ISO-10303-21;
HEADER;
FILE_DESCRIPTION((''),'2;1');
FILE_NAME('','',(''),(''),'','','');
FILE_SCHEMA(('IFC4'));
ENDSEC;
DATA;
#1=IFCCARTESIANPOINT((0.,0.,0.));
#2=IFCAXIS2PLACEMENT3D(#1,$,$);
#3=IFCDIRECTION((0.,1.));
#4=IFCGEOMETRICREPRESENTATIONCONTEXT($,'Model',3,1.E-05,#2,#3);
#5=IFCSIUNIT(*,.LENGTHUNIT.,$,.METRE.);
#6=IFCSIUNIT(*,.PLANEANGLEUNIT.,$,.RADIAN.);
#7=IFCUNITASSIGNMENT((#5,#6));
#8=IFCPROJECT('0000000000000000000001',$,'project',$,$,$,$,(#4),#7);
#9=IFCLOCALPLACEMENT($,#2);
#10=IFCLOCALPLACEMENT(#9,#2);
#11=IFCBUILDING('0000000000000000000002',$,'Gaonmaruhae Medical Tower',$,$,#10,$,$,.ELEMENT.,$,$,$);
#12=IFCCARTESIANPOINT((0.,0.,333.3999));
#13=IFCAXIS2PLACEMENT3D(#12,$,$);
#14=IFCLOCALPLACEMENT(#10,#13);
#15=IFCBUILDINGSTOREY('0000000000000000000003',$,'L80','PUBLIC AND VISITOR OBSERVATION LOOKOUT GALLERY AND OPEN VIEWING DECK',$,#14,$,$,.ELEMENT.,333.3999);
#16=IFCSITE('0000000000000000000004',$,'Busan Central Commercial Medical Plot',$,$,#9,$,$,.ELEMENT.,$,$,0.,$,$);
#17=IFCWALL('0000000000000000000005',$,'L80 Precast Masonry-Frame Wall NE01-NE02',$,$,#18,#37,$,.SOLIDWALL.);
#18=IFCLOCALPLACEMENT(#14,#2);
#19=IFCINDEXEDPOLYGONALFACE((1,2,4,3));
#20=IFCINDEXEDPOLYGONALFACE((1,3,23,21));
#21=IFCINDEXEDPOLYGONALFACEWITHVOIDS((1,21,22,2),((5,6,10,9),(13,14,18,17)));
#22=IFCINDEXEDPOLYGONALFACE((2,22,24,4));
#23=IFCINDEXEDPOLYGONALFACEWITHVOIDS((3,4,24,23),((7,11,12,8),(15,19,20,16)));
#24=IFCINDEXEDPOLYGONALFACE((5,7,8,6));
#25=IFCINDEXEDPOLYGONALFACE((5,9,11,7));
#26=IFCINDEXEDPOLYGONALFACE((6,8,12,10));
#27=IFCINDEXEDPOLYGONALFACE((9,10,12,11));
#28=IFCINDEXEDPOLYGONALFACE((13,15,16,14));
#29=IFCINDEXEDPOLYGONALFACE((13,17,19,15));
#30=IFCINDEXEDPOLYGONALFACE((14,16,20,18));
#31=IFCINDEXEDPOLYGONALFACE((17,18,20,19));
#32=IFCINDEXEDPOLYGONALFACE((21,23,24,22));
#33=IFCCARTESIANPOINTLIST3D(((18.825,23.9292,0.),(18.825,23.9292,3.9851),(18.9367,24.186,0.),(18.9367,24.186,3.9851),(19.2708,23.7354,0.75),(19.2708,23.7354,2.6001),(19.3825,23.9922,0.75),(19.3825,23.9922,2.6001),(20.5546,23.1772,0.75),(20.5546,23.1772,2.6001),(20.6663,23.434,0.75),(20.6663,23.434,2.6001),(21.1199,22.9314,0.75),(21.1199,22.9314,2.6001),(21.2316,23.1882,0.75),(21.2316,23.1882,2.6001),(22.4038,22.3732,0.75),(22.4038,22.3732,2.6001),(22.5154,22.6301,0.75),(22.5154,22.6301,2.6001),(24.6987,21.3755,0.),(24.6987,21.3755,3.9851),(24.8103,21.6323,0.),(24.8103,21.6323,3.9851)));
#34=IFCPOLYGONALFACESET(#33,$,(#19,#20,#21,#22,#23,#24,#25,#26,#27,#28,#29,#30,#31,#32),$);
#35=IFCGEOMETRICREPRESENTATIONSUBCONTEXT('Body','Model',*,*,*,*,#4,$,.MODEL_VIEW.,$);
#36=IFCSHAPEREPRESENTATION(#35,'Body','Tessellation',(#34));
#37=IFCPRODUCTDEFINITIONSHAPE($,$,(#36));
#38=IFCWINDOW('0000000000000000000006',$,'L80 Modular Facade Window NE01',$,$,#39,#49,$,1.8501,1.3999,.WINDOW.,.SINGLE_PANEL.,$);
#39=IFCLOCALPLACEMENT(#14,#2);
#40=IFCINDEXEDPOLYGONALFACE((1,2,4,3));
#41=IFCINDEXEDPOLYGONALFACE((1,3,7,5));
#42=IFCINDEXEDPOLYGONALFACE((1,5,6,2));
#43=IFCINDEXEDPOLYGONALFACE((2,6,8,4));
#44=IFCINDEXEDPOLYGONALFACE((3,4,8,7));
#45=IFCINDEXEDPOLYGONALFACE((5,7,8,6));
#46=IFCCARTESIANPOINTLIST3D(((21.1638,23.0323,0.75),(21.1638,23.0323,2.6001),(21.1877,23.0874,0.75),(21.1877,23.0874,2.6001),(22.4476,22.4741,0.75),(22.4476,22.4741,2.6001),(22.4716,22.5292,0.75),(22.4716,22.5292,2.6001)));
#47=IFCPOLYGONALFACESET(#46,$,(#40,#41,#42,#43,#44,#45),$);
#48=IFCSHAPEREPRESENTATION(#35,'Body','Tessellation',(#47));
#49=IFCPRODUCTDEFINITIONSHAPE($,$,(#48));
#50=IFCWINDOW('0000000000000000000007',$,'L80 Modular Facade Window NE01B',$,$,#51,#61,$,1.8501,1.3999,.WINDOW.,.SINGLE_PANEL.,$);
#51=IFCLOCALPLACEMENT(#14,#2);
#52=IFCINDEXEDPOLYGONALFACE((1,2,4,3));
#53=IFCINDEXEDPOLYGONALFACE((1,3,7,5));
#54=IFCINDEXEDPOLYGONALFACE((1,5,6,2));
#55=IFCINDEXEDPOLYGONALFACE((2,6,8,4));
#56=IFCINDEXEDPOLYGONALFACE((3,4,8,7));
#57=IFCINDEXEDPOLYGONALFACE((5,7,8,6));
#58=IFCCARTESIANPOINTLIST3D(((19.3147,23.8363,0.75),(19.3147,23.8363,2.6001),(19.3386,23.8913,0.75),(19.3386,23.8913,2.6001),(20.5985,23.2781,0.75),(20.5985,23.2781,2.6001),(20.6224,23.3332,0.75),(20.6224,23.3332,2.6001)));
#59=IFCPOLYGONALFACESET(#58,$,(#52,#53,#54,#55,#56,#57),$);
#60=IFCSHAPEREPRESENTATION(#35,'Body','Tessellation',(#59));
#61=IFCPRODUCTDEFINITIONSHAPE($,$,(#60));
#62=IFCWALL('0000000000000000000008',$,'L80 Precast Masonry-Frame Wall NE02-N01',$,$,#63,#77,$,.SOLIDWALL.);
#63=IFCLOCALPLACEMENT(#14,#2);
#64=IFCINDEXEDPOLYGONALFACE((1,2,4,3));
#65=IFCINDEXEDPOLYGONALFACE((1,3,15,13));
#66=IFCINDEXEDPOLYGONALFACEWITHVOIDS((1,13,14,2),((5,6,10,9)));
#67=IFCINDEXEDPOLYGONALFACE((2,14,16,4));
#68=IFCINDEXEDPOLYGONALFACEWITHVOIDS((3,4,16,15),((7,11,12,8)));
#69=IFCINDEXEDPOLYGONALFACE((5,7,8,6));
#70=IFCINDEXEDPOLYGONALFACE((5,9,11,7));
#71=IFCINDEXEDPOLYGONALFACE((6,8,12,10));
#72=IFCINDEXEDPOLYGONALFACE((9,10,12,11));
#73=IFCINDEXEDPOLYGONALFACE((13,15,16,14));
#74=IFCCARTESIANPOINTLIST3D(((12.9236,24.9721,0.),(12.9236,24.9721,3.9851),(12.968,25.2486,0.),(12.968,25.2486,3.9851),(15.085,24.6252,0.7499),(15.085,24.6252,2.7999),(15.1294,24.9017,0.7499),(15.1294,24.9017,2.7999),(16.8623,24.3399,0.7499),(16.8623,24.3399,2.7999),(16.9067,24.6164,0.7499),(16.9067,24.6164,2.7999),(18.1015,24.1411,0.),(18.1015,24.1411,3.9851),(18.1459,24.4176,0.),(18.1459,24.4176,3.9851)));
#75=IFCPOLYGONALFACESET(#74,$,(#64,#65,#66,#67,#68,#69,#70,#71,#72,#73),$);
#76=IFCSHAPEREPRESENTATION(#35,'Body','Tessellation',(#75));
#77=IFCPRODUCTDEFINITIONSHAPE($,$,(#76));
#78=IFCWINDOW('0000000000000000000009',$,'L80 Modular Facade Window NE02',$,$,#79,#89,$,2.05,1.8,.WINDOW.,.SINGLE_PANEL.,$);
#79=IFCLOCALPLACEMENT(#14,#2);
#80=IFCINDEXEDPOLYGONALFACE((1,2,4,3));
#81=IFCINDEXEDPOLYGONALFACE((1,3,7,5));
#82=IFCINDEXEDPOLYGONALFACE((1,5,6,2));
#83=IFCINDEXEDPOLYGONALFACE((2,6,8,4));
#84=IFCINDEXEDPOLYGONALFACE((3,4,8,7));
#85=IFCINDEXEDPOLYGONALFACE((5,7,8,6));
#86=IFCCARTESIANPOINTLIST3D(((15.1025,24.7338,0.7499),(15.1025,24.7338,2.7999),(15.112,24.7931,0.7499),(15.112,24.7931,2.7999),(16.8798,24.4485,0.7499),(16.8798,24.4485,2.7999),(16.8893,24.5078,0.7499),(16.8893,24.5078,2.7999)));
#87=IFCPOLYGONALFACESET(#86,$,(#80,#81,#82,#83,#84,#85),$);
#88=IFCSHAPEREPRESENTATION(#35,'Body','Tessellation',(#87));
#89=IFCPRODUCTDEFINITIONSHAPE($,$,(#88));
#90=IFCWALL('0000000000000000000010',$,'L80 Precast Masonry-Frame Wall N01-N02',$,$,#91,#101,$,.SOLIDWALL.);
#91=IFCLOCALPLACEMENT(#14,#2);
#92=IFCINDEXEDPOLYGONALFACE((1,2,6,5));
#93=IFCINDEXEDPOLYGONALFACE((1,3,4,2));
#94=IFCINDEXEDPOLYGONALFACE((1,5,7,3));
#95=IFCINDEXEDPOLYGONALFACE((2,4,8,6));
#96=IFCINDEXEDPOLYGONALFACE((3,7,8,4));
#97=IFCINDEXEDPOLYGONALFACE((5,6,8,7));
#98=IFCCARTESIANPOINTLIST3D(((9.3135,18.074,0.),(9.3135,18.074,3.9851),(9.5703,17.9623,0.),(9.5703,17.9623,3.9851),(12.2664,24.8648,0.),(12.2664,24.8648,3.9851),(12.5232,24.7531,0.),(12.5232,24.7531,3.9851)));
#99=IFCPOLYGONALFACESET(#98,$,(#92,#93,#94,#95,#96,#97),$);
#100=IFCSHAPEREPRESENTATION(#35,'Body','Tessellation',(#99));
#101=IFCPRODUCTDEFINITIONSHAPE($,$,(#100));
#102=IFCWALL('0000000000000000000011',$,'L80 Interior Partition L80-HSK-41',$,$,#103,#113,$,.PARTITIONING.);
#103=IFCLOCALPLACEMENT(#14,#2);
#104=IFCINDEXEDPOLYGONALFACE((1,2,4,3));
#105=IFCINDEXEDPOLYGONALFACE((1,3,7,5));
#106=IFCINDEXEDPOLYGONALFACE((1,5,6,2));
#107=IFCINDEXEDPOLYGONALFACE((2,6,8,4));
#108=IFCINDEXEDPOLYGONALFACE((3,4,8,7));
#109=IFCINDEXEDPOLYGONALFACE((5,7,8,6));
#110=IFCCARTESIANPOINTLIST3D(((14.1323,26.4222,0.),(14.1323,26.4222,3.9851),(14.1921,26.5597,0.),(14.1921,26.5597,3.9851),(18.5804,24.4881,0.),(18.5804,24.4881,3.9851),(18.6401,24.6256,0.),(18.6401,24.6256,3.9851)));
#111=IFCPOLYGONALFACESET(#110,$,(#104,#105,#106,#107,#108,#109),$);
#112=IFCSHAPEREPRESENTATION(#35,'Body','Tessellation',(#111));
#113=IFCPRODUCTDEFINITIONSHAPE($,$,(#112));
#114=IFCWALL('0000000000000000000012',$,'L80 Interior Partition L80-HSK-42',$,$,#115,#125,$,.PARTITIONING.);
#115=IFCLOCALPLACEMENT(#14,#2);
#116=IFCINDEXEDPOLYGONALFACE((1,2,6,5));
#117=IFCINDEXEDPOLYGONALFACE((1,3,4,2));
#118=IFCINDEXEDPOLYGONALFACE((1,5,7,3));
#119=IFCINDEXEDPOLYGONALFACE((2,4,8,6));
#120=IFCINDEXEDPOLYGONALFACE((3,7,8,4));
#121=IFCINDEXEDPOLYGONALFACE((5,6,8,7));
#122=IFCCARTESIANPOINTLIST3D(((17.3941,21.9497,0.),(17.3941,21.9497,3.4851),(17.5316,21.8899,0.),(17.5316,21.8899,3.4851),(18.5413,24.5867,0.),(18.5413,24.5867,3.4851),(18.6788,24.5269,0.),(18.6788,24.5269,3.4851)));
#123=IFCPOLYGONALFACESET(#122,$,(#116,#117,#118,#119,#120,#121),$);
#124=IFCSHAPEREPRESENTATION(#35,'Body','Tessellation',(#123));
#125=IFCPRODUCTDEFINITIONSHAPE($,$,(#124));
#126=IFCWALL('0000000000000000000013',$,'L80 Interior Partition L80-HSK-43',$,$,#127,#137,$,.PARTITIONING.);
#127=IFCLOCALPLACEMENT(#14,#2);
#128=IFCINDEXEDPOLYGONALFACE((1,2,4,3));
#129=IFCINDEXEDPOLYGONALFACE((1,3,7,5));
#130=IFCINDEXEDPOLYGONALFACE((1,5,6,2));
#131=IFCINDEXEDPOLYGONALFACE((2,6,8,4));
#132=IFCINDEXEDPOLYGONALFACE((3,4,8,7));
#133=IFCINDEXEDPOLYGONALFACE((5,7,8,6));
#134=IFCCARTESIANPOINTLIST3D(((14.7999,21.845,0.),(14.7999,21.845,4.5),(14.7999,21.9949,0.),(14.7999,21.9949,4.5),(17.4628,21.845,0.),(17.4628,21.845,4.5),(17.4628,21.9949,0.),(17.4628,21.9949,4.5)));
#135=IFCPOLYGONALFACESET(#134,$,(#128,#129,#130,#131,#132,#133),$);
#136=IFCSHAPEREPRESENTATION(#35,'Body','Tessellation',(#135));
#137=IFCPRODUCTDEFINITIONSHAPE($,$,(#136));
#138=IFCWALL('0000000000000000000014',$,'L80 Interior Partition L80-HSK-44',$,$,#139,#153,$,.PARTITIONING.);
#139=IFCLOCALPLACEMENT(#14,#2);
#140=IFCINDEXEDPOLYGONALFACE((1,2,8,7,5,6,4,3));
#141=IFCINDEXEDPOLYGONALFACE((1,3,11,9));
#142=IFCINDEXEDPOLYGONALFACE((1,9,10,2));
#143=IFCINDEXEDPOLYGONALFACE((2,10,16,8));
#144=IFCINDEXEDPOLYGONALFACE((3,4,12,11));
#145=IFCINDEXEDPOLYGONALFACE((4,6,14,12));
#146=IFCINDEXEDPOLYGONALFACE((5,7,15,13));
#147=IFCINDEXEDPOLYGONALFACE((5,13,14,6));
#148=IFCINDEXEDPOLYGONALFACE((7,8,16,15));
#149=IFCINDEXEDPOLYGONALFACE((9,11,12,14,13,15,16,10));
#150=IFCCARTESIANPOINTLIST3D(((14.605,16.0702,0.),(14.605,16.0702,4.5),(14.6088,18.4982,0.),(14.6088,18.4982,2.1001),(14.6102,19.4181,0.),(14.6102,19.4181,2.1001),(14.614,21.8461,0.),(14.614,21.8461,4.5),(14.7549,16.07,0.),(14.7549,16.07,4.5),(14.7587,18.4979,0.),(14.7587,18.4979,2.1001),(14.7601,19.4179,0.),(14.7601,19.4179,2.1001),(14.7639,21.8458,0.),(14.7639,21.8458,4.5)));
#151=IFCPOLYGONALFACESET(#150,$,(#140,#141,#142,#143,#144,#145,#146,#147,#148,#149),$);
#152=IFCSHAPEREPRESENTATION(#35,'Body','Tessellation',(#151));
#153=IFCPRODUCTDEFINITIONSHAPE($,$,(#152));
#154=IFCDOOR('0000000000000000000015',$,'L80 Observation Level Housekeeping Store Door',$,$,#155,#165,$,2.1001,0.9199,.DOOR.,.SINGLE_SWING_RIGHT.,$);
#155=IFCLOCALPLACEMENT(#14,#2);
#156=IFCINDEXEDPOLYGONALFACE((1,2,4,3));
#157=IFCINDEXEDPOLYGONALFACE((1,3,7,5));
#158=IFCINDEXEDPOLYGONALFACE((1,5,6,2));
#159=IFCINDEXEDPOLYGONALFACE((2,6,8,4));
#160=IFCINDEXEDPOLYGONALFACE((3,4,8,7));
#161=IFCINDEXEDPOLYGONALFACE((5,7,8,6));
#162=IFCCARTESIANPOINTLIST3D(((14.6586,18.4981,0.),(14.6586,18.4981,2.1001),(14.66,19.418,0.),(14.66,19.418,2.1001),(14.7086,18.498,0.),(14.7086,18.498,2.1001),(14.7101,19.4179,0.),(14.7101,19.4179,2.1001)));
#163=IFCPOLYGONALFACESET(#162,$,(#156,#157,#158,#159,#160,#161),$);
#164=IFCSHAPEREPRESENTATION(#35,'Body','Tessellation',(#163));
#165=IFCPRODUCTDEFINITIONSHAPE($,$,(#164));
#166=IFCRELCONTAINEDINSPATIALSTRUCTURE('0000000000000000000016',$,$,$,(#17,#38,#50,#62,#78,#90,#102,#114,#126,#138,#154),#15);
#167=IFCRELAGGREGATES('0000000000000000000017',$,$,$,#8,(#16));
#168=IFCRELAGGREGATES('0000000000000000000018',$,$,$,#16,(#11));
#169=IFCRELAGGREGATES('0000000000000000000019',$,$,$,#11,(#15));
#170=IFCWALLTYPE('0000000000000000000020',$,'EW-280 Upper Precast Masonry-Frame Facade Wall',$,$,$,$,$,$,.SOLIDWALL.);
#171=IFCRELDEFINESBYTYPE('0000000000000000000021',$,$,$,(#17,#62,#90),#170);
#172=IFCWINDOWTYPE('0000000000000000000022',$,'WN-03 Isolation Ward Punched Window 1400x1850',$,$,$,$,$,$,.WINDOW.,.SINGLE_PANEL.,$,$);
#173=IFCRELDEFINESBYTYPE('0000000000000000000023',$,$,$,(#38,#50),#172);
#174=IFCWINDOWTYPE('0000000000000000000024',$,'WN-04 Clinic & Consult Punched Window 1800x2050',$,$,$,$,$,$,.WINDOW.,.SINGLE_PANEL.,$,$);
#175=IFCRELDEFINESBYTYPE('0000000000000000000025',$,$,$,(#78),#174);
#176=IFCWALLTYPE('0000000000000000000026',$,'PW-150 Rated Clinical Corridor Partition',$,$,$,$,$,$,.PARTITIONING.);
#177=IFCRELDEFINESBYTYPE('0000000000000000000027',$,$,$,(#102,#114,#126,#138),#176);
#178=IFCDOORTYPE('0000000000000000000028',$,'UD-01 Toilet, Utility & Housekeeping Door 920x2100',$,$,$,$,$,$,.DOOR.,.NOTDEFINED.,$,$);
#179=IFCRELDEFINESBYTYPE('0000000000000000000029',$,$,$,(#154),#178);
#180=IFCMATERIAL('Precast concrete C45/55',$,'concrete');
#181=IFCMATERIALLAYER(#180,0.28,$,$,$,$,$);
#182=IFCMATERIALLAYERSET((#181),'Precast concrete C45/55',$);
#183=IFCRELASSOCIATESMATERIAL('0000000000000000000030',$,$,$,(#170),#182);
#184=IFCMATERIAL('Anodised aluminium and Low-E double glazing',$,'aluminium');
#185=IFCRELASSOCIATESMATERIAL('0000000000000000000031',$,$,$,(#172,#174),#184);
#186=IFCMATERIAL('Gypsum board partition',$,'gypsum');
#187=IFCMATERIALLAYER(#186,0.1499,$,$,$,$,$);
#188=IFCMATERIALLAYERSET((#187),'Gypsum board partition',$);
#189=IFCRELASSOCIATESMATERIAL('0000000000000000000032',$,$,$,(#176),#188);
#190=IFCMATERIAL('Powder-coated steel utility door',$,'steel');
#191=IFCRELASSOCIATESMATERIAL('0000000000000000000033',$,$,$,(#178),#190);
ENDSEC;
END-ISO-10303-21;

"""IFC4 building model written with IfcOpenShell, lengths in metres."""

from ifc_helpers import new_model, si_unit, direction, frame, frame_2d, origin, place, context, subcontext, project, spatial, rectangle, extrude, material, layer, layer_set, type_object, element, fill, save


model = new_model("IFC4")

# Units and contexts
model_context = context("Model", 3, precision=1e-05, world=origin(), true_north=direction((0.0, 1.0)))
body_context = subcontext(model_context, "Body", "Model", "MODEL_VIEW")
ifc_project = project(units=[si_unit("LENGTHUNIT", "METRE"), si_unit("PLANEANGLEUNIT", "RADIAN")], contexts=[model_context])

# Site, building, storey
site_placement = place(None, origin())
site = spatial("IfcSite", under=ifc_project, at=site_placement, Name="Busan Central Commercial Medical Plot", CompositionType="ELEMENT", RefElevation=0.0)
building_placement = place(site_placement, origin())
building = spatial("IfcBuilding", under=site, at=building_placement, Name="Gaonmaruhae Medical Tower", CompositionType="ELEMENT")
storey_placement = place(building_placement, frame((0.0, 0.0, 333.3999)))
storey = spatial("IfcBuildingStorey", under=building, at=storey_placement, Name="L80", Description="PUBLIC AND VISITOR OBSERVATION LOOKOUT GALLERY AND OPEN VIEWING DECK", CompositionType="ELEMENT", Elevation=333.3999)

# Wall, openings, windows
ifc_material_1 = material(Name="Precast concrete C45/55", Category="concrete")
ifc_layer_1 = layer(ifc_material_1, 0.28)
ifc_layer_set_1 = layer_set([ifc_layer_1], Name="Precast concrete C45/55")
wall_type_1 = type_object("IfcWallType", Name="EW-280 Upper Precast Masonry-Frame Facade Wall", PredefinedType="SOLIDWALL", material=ifc_layer_set_1)
wall_1_placement = place(storey_placement, frame((18.8809, 24.0576, 0.0), z_axis=(0.0, 0.0, 1.0), x_axis=(0.91707, -0.398726, 0.0)))
wall_1 = element("IfcWall", 1, at=wall_1_placement, inside=storey, type_object=wall_type_1, Name="L80 Precast Masonry-Frame Wall NE01-NE02", PredefinedType="SOLIDWALL", context=body_context, shape_type="SweptSolid", body=[
    extrude(rectangle(XDim=6.4048, YDim=0.28, at=frame_2d((3.2024, 0.0))), origin(), (0.0, 0.0, 1.0), 3.9851),
])
opening_1_placement = place(wall_1_placement, frame((2.5024, 0.0, 0.75)))
opening_1 = element("IfcOpeningElement", 2, at=opening_1_placement, cuts=wall_1, PredefinedType="OPENING", context=body_context, shape_type="SweptSolid", body=[
    extrude(rectangle(XDim=1.3999, YDim=1.8501, at=frame_2d((0.7, 0.925))), frame((0.0, 0.1499, 0.0), z_axis=(0.0, -1.0, 0.0), x_axis=(1.0, 0.0, 0.0)), (0.0, 0.0, 1.0), 0.3),
])
opening_2_placement = place(wall_1_placement, frame((0.4861, 0.0, 0.75)))
opening_2 = element("IfcOpeningElement", 3, at=opening_2_placement, cuts=wall_1, PredefinedType="OPENING", context=body_context, shape_type="SweptSolid", body=[
    extrude(rectangle(XDim=1.3999, YDim=1.8501, at=frame_2d((0.7, 0.925))), frame((0.0, 0.1499, 0.0), z_axis=(0.0, -1.0, 0.0), x_axis=(1.0, 0.0, 0.0)), (0.0, 0.0, 1.0), 0.3),
])
ifc_material_2 = material(Name="Anodised aluminium and Low-E double glazing", Category="aluminium")
window_type_1 = type_object("IfcWindowType", Name="WN-03 Isolation Ward Punched Window 1400x1850", PartitioningType="SINGLE_PANEL", PredefinedType="WINDOW", material=ifc_material_2)
window_1_placement = place(opening_1_placement, origin())
window_1 = element("IfcWindow", 4, at=window_1_placement, inside=storey, type_object=window_type_1, Name="L80 Modular Facade Window NE01", OverallHeight=1.8501, OverallWidth=1.3999, PartitioningType="SINGLE_PANEL", PredefinedType="WINDOW", context=body_context, shape_type="SweptSolid", body=[
    extrude(rectangle(XDim=1.3999, YDim=1.8501, at=frame_2d((0.7, 0.925))), frame((0.0, 0.03, 0.0), z_axis=(0.0, -1.0, 0.0), x_axis=(1.0, 0.0, 0.0)), (0.0, 0.0, 1.0), 0.0601),
])
fill(opening_1, window_1)
window_2_placement = place(opening_2_placement, origin())
window_2 = element("IfcWindow", 5, at=window_2_placement, inside=storey, type_object=window_type_1, Name="L80 Modular Facade Window NE01B", OverallHeight=1.8501, OverallWidth=1.3999, PartitioningType="SINGLE_PANEL", PredefinedType="WINDOW", context=body_context, shape_type="SweptSolid", body=[
    extrude(rectangle(XDim=1.3999, YDim=1.8501, at=frame_2d((0.7, 0.925))), frame((0.0, 0.03, 0.0), z_axis=(0.0, -1.0, 0.0), x_axis=(1.0, 0.0, 0.0)), (0.0, 0.0, 1.0), 0.0601),
])
fill(opening_2, window_2)

# Wall, opening, window
wall_2_placement = place(storey_placement, frame((12.9458, 25.1104, 0.0), z_axis=(0.0, 0.0, 1.0), x_axis=(0.987364, -0.15847, 0.0)))
wall_2 = element("IfcWall", 6, at=wall_2_placement, inside=storey, type_object=wall_type_1, Name="L80 Precast Masonry-Frame Wall NE02-N01", PredefinedType="SOLIDWALL", context=body_context, shape_type="SweptSolid", body=[
    extrude(rectangle(XDim=5.2441, YDim=0.28, at=frame_2d((2.6221, 0.0))), origin(), (0.0, 0.0, 1.0), 3.9851),
])
opening_3_placement = place(wall_2_placement, frame((2.1892, 0.0, 0.75)))
opening_3 = element("IfcOpeningElement", 7, at=opening_3_placement, cuts=wall_2, PredefinedType="OPENING", context=body_context, shape_type="SweptSolid", body=[
    extrude(rectangle(XDim=1.8, YDim=2.05, at=frame_2d((0.8999, 1.0249))), frame((0.0, 0.1499, 0.0), z_axis=(0.0, -1.0, 0.0), x_axis=(1.0, 0.0, 0.0)), (0.0, 0.0, 1.0), 0.3),
])
window_type_2 = type_object("IfcWindowType", Name="WN-04 Clinic & Consult Punched Window 1800x2050", PartitioningType="SINGLE_PANEL", PredefinedType="WINDOW", material=ifc_material_2)
window_3_placement = place(opening_3_placement, origin())
window_3 = element("IfcWindow", 8, at=window_3_placement, inside=storey, type_object=window_type_2, Name="L80 Modular Facade Window NE02", OverallHeight=2.05, OverallWidth=1.8, PartitioningType="SINGLE_PANEL", PredefinedType="WINDOW", context=body_context, shape_type="SweptSolid", body=[
    extrude(rectangle(XDim=1.8, YDim=2.05, at=frame_2d((0.8999, 1.0249))), frame((0.0, 0.03, 0.0), z_axis=(0.0, -1.0, 0.0), x_axis=(1.0, 0.0, 0.0)), (0.0, 0.0, 1.0), 0.0601),
])
fill(opening_3, window_3)

# Walls
wall_3_placement = place(storey_placement, frame((9.4419, 18.0181, 0.0), z_axis=(0.0, 0.0, 1.0), x_axis=(0.398768, 0.917052, 0.0)))
element("IfcWall", 9, at=wall_3_placement, inside=storey, type_object=wall_type_1, Name="L80 Precast Masonry-Frame Wall N01-N02", PredefinedType="SOLIDWALL", context=body_context, shape_type="SweptSolid", body=[
    extrude(rectangle(XDim=7.405, YDim=0.28, at=frame_2d((3.7026, 0.0))), origin(), (0.0, 0.0, 1.0), 3.9851),
])
ifc_material_3 = material(Name="Gypsum board partition", Category="gypsum")
ifc_layer_2 = layer(ifc_material_3, 0.1499)
ifc_layer_set_2 = layer_set([ifc_layer_2], Name="Gypsum board partition")
wall_type_2 = type_object("IfcWallType", Name="PW-150 Rated Clinical Corridor Partition", PredefinedType="PARTITIONING", material=ifc_layer_set_2)
wall_4_placement = place(storey_placement, frame((14.1621, 26.491, 0.0), z_axis=(0.0, 0.0, 1.0), x_axis=(0.917057, -0.398756, 0.0)))
element("IfcWall", 10, at=wall_4_placement, inside=storey, type_object=wall_type_2, Name="L80 Interior Partition L80-HSK-41", PredefinedType="PARTITIONING", context=body_context, shape_type="SweptSolid", body=[
    extrude(rectangle(XDim=4.8503, YDim=0.1499, at=frame_2d((2.4253, 0.0))), origin(), (0.0, 0.0, 1.0), 3.9851),
])
wall_5_placement = place(storey_placement, frame((18.6101, 24.5569, 0.0), z_axis=(0.0, 0.0, 1.0), x_axis=(-0.398934, -0.91698, 0.0)))
element("IfcWall", 11, at=wall_5_placement, inside=storey, type_object=wall_type_2, Name="L80 Interior Partition L80-HSK-42", PredefinedType="PARTITIONING", context=body_context, shape_type="SweptSolid", body=[
    extrude(rectangle(XDim=2.8757, YDim=0.1499, at=frame_2d((1.438, 0.0))), origin(), (0.0, 0.0, 1.0), 3.4851),
])
wall_6_placement = place(storey_placement, frame((17.4629, 21.9199, 0.0), z_axis=(0.0, 0.0, 1.0), x_axis=(-1.0, 0.0, 0.0)))
element("IfcWall", 12, at=wall_6_placement, inside=storey, type_object=wall_type_2, Name="L80 Interior Partition L80-HSK-43", PredefinedType="PARTITIONING", context=body_context, shape_type="SweptSolid", body=[
    extrude(rectangle(XDim=2.6628, YDim=0.1499, at=frame_2d((1.3315, 0.0))), origin(), (0.0, 0.0, 1.0), 4.5),
])

# Wall, opening, door
wall_7_placement = place(storey_placement, frame((14.689, 21.8459, 0.0), z_axis=(0.0, 0.0, 1.0), x_axis=(-0.001564, -0.999999, 0.0)))
wall_7 = element("IfcWall", 13, at=wall_7_placement, inside=storey, type_object=wall_type_2, Name="L80 Interior Partition L80-HSK-44", PredefinedType="PARTITIONING", context=body_context, shape_type="SweptSolid", body=[
    extrude(rectangle(XDim=5.7759, YDim=0.1499, at=frame_2d((2.8879, 0.0))), origin(), (0.0, 0.0, 1.0), 4.5),
])
opening_4_placement = place(wall_7_placement, frame((2.428, 0.0, 0.0)))
opening_4 = element("IfcOpeningElement", 14, at=opening_4_placement, cuts=wall_7, PredefinedType="OPENING", context=body_context, shape_type="SweptSolid", body=[
    extrude(rectangle(XDim=0.9199, YDim=2.1001, at=frame_2d((0.46, 1.05))), frame((0.0, 0.085, 0.0), z_axis=(0.0, -1.0, 0.0), x_axis=(1.0, 0.0, 0.0)), (0.0, 0.0, 1.0), 0.1699),
])
ifc_material_4 = material(Name="Powder-coated steel utility door", Category="steel")
door_type = type_object("IfcDoorType", Name="UD-01 Toilet, Utility & Housekeeping Door 920x2100", OperationType="NOTDEFINED", PredefinedType="DOOR", material=ifc_material_4)
door_placement = place(opening_4_placement, origin())
door = element("IfcDoor", 15, at=door_placement, inside=storey, type_object=door_type, Name="L80 Observation Level Housekeeping Store Door", OperationType="SINGLE_SWING_RIGHT", OverallHeight=2.1001, OverallWidth=0.9199, PredefinedType="DOOR", context=body_context, shape_type="SweptSolid", body=[
    extrude(rectangle(XDim=0.9199, YDim=2.1001, at=frame_2d((0.46, 1.05))), frame((0.0, 0.0249, 0.0), z_axis=(0.0, -1.0, 0.0), x_axis=(1.0, 0.0, 0.0)), (0.0, 0.0, 1.0), 0.05),
])
fill(opening_4, door)

save(model, "model.ifc")
